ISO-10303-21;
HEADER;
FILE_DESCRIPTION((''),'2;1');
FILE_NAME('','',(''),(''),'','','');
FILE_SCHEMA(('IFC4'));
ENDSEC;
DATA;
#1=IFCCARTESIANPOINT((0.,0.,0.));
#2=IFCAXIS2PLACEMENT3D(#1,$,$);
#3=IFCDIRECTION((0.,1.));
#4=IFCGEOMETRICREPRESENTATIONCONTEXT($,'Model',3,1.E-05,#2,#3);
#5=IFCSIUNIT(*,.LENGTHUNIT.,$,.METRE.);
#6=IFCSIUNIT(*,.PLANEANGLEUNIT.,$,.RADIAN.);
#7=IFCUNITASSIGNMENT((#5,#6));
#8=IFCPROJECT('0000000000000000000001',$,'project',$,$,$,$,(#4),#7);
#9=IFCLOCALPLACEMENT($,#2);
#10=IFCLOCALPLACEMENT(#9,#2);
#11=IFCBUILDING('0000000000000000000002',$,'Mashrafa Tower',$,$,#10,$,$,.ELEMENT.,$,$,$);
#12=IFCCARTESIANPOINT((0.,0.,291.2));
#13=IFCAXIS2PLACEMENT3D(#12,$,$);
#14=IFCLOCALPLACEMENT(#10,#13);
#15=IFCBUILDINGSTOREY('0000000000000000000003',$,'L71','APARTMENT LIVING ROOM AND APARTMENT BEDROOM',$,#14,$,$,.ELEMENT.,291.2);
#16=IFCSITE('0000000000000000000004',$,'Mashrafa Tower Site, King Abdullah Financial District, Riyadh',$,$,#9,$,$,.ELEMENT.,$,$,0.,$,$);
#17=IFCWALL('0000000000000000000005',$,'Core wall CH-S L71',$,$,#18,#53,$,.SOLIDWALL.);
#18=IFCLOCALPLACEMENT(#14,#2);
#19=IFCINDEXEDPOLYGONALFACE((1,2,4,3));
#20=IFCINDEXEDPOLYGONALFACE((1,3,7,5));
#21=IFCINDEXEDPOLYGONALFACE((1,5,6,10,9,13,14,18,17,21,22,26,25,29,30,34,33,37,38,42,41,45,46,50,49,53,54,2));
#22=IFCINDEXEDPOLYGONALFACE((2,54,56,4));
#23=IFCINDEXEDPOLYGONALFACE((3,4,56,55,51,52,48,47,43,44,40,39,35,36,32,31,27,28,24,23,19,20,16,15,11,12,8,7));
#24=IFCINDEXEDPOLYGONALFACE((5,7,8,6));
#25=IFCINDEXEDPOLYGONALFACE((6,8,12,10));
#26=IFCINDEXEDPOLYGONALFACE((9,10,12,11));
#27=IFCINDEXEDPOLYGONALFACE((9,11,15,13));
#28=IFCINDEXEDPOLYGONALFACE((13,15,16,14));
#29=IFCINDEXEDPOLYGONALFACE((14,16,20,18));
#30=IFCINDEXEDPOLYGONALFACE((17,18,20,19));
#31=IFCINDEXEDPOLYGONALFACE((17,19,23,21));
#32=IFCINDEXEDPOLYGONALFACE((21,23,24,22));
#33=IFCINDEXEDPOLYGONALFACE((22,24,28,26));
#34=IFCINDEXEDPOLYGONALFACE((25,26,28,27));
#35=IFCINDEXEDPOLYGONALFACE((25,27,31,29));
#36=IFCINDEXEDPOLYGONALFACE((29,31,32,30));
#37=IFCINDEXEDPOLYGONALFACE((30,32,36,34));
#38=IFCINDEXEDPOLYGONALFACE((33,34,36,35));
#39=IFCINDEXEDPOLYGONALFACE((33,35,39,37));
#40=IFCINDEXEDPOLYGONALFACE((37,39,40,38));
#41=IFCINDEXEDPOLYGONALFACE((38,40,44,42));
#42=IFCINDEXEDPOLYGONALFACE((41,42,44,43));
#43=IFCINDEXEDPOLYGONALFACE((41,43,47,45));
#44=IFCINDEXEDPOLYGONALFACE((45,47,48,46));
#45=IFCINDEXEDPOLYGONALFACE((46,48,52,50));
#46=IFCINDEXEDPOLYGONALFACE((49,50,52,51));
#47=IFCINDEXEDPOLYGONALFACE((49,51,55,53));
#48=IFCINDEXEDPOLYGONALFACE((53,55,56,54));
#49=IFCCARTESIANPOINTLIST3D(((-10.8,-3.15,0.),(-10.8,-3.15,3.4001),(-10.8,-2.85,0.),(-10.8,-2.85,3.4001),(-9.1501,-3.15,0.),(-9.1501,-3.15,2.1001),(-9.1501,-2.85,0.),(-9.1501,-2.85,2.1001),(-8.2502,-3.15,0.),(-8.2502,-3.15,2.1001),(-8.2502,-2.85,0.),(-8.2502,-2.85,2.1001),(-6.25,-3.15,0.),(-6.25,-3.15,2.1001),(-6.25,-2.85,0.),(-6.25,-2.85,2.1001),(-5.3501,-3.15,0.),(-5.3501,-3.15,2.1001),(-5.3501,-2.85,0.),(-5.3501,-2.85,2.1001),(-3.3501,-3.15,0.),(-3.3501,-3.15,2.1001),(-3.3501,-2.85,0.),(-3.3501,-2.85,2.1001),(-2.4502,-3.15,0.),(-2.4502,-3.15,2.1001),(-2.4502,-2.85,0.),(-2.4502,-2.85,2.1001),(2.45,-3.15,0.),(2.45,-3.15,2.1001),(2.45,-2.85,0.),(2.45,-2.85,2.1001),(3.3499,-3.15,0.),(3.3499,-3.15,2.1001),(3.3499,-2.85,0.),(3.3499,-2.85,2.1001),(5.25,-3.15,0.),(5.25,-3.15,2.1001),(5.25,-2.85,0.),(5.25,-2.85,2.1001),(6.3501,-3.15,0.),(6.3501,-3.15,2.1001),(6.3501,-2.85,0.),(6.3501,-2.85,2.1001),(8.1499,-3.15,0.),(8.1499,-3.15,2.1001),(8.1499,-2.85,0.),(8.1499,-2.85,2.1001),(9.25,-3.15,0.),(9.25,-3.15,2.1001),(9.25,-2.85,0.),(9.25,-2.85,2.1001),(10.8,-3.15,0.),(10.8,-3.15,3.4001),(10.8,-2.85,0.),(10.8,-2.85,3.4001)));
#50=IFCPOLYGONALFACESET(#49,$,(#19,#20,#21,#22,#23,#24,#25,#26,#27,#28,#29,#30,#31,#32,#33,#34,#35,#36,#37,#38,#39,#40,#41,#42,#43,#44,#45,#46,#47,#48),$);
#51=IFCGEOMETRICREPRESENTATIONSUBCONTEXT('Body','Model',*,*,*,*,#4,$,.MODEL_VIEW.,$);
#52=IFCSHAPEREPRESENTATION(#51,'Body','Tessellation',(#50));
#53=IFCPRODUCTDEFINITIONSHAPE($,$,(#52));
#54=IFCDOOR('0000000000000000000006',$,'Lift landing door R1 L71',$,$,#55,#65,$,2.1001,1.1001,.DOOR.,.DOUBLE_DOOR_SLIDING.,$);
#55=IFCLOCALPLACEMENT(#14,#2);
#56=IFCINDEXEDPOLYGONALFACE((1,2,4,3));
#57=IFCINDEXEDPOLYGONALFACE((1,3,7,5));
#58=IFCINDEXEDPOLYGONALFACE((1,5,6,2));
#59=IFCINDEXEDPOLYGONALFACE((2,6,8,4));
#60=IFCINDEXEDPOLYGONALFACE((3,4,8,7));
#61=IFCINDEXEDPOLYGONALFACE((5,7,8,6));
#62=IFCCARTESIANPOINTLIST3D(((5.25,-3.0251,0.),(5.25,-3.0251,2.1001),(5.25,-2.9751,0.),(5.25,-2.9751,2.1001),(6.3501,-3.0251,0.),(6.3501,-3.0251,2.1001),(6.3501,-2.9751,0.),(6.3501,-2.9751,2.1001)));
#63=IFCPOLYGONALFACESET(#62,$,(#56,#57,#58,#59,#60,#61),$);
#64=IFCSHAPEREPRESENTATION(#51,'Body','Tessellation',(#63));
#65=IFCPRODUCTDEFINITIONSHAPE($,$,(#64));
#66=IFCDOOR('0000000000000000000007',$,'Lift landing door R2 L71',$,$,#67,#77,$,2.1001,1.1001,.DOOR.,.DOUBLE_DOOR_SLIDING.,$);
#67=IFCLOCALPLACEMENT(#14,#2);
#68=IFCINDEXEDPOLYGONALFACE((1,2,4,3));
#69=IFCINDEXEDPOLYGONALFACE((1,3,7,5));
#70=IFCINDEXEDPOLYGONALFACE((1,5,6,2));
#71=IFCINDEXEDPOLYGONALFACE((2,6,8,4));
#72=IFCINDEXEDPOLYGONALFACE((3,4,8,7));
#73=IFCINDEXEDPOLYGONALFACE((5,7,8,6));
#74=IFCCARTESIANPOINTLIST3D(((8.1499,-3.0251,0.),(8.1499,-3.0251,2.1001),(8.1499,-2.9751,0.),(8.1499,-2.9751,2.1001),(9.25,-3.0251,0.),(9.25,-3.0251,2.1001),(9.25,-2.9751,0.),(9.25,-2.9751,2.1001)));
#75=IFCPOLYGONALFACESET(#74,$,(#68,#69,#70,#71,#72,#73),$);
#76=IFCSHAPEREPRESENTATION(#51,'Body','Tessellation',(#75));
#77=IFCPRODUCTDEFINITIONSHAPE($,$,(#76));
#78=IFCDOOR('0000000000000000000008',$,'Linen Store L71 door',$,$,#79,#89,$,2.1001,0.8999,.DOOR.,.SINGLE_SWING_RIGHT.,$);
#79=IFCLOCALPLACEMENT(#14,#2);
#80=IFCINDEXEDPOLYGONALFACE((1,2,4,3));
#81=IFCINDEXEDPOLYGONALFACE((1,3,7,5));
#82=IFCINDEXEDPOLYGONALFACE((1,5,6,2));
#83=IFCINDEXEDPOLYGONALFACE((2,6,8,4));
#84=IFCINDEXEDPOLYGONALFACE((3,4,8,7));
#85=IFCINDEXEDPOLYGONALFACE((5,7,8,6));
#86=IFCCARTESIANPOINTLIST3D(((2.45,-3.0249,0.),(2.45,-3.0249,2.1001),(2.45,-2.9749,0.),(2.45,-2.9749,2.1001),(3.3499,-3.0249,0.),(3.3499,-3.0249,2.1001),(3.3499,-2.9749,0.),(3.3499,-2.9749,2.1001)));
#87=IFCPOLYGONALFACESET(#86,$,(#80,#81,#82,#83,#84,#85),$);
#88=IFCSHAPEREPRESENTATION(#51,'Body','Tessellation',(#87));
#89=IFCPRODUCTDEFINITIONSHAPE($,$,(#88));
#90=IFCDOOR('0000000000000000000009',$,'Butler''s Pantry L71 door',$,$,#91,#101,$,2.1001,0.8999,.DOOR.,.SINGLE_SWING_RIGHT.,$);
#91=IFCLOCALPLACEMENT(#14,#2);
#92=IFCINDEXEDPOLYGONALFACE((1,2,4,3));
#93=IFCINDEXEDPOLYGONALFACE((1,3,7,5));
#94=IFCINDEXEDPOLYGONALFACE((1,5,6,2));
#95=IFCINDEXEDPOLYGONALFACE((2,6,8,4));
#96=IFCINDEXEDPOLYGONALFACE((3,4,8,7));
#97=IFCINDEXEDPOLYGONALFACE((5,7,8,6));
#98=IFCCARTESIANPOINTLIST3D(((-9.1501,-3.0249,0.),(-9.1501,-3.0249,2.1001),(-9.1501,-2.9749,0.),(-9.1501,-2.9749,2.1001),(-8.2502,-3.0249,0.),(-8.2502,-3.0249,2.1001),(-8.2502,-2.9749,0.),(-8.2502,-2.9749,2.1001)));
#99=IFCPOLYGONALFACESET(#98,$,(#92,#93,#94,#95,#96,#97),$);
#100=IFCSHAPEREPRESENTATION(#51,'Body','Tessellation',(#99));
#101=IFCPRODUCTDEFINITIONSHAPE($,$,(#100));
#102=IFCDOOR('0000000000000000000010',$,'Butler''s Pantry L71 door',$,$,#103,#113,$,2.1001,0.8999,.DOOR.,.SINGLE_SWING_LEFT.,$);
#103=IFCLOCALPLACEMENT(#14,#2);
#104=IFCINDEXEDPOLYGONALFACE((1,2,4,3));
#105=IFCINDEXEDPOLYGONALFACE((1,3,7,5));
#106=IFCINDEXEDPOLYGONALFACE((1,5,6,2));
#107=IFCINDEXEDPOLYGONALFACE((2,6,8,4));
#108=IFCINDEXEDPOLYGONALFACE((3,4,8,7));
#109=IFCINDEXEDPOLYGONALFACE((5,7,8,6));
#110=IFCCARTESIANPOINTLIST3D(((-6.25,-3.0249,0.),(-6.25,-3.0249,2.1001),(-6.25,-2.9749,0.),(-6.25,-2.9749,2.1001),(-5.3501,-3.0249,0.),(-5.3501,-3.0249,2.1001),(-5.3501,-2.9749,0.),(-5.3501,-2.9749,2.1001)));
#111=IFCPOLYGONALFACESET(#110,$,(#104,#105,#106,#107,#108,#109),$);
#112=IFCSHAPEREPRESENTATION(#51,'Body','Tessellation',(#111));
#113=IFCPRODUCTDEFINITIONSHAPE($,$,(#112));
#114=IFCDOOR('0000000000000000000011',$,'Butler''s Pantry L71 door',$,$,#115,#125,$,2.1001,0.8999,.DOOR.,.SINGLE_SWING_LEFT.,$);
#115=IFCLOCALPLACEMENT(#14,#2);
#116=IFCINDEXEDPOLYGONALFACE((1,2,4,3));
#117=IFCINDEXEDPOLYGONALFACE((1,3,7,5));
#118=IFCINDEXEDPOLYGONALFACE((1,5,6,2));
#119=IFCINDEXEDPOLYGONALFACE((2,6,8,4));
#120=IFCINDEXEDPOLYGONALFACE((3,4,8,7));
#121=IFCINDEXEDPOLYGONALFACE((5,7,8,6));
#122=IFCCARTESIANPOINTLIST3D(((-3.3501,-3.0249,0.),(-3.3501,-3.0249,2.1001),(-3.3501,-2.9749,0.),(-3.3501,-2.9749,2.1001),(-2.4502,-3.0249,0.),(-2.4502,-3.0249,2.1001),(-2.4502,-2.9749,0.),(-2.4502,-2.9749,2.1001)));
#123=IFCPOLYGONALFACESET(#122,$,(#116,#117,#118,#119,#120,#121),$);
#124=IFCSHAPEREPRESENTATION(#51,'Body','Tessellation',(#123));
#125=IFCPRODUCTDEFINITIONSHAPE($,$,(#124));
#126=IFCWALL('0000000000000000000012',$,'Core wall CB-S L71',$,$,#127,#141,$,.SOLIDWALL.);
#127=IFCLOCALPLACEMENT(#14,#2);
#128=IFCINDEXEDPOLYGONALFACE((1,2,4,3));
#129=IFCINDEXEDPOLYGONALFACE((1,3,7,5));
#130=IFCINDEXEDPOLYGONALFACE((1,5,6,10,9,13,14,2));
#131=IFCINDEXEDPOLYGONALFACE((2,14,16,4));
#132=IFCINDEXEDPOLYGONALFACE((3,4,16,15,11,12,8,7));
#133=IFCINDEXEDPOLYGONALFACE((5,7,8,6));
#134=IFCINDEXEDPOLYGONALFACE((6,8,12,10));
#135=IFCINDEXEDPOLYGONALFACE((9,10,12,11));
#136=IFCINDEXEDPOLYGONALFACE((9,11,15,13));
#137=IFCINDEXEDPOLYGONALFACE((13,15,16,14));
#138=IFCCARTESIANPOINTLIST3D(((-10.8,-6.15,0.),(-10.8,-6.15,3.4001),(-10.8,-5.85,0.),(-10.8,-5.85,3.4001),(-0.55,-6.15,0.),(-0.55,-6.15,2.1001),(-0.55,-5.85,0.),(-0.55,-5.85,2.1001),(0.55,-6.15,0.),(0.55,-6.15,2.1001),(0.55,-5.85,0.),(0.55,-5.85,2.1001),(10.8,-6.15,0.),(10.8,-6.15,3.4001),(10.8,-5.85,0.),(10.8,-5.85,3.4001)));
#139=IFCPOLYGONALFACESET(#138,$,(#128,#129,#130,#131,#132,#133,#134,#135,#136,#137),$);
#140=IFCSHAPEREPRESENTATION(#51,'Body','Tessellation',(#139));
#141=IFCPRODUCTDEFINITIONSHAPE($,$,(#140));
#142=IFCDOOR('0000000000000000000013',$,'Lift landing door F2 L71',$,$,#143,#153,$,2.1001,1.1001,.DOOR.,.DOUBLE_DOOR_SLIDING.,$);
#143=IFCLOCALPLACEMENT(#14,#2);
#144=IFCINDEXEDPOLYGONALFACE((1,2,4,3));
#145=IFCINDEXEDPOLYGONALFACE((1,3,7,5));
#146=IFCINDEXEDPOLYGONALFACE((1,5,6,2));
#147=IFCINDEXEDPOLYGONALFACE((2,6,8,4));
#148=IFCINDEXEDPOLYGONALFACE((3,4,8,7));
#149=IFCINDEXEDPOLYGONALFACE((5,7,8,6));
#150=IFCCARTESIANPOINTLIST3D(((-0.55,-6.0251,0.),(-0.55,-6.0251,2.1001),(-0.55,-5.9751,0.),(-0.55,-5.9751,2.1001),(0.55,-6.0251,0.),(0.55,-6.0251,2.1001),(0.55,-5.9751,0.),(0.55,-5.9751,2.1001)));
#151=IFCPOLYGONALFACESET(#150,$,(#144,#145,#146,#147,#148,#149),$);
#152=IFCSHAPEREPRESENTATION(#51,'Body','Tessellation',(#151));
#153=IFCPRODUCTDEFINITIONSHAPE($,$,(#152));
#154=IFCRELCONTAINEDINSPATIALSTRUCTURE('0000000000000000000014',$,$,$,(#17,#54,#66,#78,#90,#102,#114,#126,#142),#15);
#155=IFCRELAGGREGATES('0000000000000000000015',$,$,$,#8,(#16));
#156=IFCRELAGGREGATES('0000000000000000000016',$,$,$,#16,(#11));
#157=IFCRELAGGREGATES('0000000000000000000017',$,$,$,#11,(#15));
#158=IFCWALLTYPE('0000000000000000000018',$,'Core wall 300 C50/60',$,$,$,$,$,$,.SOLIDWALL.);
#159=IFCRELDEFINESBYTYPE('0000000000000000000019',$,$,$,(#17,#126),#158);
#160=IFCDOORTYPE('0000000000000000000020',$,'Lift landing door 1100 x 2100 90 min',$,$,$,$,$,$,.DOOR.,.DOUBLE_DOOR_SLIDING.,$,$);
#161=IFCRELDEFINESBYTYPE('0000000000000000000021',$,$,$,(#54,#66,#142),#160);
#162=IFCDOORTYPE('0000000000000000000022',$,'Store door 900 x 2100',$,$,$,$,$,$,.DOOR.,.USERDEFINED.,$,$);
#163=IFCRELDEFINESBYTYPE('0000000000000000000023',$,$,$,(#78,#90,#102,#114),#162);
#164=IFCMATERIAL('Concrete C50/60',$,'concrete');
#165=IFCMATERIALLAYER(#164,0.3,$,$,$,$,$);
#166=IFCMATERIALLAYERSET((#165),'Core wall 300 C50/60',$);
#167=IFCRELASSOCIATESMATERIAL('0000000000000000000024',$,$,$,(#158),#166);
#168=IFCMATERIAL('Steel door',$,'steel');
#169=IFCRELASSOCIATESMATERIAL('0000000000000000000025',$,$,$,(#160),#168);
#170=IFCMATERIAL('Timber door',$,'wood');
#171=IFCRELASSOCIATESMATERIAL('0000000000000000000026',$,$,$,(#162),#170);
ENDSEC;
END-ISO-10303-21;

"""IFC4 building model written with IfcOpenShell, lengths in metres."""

from ifc_helpers import new_model, si_unit, direction, frame, frame_2d, origin, place, context, subcontext, project, spatial, rectangle, extrude, material, layer, layer_set, type_object, element, fill, save


model = new_model("IFC4")

# Units and contexts
model_context = context("Model", 3, precision=1e-05, world=origin(), true_north=direction((0.0, 1.0)))
body_context = subcontext(model_context, "Body", "Model", "MODEL_VIEW")
ifc_project = project(units=[si_unit("LENGTHUNIT", "METRE"), si_unit("PLANEANGLEUNIT", "RADIAN")], contexts=[model_context])

# Site, building, storey
site_placement = place(None, origin())
site = spatial("IfcSite", under=ifc_project, at=site_placement, Name="Mashrafa Tower Site, King Abdullah Financial District, Riyadh", CompositionType="ELEMENT", RefElevation=0.0)
building_placement = place(site_placement, origin())
building = spatial("IfcBuilding", under=site, at=building_placement, Name="Mashrafa Tower", CompositionType="ELEMENT")
storey_placement = place(building_placement, frame((0.0, 0.0, 291.2)))
storey = spatial("IfcBuildingStorey", under=building, at=storey_placement, Name="L71", Description="APARTMENT LIVING ROOM AND APARTMENT BEDROOM", CompositionType="ELEMENT", Elevation=291.2)

# Wall, openings, doors
ifc_material_1 = material(Name="Concrete C50/60", Category="concrete")
ifc_layer_1 = layer(ifc_material_1, 0.3)
ifc_layer_set_1 = layer_set([ifc_layer_1], Name="Core wall 300 C50/60")
wall_type_1 = type_object("IfcWallType", Name="Core wall 300 C50/60", PredefinedType="SOLIDWALL", material=ifc_layer_set_1)
wall_1_placement = place(storey_placement, frame((-10.8, -3.0, 0.0), z_axis=(0.0, 0.0, 1.0), x_axis=(1.0, 0.0, 0.0)))
wall_1 = element("IfcWall", 1, at=wall_1_placement, inside=storey, type_object=wall_type_1, Name="Core wall CH-S L71", PredefinedType="SOLIDWALL", context=body_context, shape_type="SweptSolid", body=[
    extrude(rectangle(XDim=21.6001, YDim=0.3, at=frame_2d((10.8, 0.0))), origin(), (0.0, 0.0, 1.0), 3.4001),
])
opening_1_placement = place(wall_1_placement, frame((13.25, 0.0, 0.0)))
opening_1 = element("IfcOpeningElement", 2, at=opening_1_placement, cuts=wall_1, PredefinedType="OPENING", context=body_context, shape_type="SweptSolid", body=[
    extrude(rectangle(XDim=0.8999, YDim=2.1001, at=frame_2d((0.45, 1.05))), frame((0.0, 0.1599, 0.0), z_axis=(0.0, -1.0, 0.0), x_axis=(1.0, 0.0, 0.0)), (0.0, 0.0, 1.0), 0.3201),
])
opening_2_placement = place(wall_1_placement, frame((1.6499, 0.0, 0.0)))
opening_2 = element("IfcOpeningElement", 3, at=opening_2_placement, cuts=wall_1, PredefinedType="OPENING", context=body_context, shape_type="SweptSolid", body=[
    extrude(rectangle(XDim=0.8999, YDim=2.1001, at=frame_2d((0.45, 1.05))), frame((0.0, 0.1599, 0.0), z_axis=(0.0, -1.0, 0.0), x_axis=(1.0, 0.0, 0.0)), (0.0, 0.0, 1.0), 0.3201),
])
opening_3_placement = place(wall_1_placement, frame((4.55, 0.0, 0.0)))
opening_3 = element("IfcOpeningElement", 4, at=opening_3_placement, cuts=wall_1, PredefinedType="OPENING", context=body_context, shape_type="SweptSolid", body=[
    extrude(rectangle(XDim=0.8999, YDim=2.1001, at=frame_2d((0.45, 1.05))), frame((0.0, 0.1599, 0.0), z_axis=(0.0, -1.0, 0.0), x_axis=(1.0, 0.0, 0.0)), (0.0, 0.0, 1.0), 0.3201),
])
opening_4_placement = place(wall_1_placement, frame((7.45, 0.0, 0.0)))
opening_4 = element("IfcOpeningElement", 5, at=opening_4_placement, cuts=wall_1, PredefinedType="OPENING", context=body_context, shape_type="SweptSolid", body=[
    extrude(rectangle(XDim=0.8999, YDim=2.1001, at=frame_2d((0.45, 1.05))), frame((0.0, 0.1599, 0.0), z_axis=(0.0, -1.0, 0.0), x_axis=(1.0, 0.0, 0.0)), (0.0, 0.0, 1.0), 0.3201),
])
opening_5_placement = place(wall_1_placement, frame((16.05, 0.0, 0.0)))
opening_5 = element("IfcOpeningElement", 6, at=opening_5_placement, cuts=wall_1, PredefinedType="OPENING", context=body_context, shape_type="SweptSolid", body=[
    extrude(rectangle(XDim=1.1001, YDim=2.1001, at=frame_2d((0.55, 1.05))), frame((0.0, 0.1599, 0.0), z_axis=(0.0, -1.0, 0.0), x_axis=(1.0, 0.0, 0.0)), (0.0, 0.0, 1.0), 0.3201),
])
opening_6_placement = place(wall_1_placement, frame((18.95, 0.0, 0.0)))
opening_6 = element("IfcOpeningElement", 7, at=opening_6_placement, cuts=wall_1, PredefinedType="OPENING", context=body_context, shape_type="SweptSolid", body=[
    extrude(rectangle(XDim=1.1001, YDim=2.1001, at=frame_2d((0.55, 1.05))), frame((0.0, 0.1599, 0.0), z_axis=(0.0, -1.0, 0.0), x_axis=(1.0, 0.0, 0.0)), (0.0, 0.0, 1.0), 0.3201),
])
ifc_material_2 = material(Name="Steel door", Category="steel")
door_type_1 = type_object("IfcDoorType", Name="Lift landing door 1100 x 2100 90 min", OperationType="DOUBLE_DOOR_SLIDING", PredefinedType="DOOR", material=ifc_material_2)
door_1_placement = place(opening_5_placement, origin())
door_1 = element("IfcDoor", 8, at=door_1_placement, inside=storey, type_object=door_type_1, Name="Lift landing door R1 L71", OperationType="DOUBLE_DOOR_SLIDING", OverallHeight=2.1001, OverallWidth=1.1001, PredefinedType="DOOR", context=body_context, shape_type="SweptSolid", body=[
    extrude(rectangle(XDim=1.1001, YDim=2.1001, at=frame_2d((0.55, 1.05))), frame((0.0, 0.0249, 0.0), z_axis=(0.0, -1.0, 0.0), x_axis=(1.0, 0.0, 0.0)), (0.0, 0.0, 1.0), 0.05),
])
fill(opening_5, door_1)
door_2_placement = place(opening_6_placement, origin())
door_2 = element("IfcDoor", 9, at=door_2_placement, inside=storey, type_object=door_type_1, Name="Lift landing door R2 L71", OperationType="DOUBLE_DOOR_SLIDING", OverallHeight=2.1001, OverallWidth=1.1001, PredefinedType="DOOR", context=body_context, shape_type="SweptSolid", body=[
    extrude(rectangle(XDim=1.1001, YDim=2.1001, at=frame_2d((0.55, 1.05))), frame((0.0, 0.0249, 0.0), z_axis=(0.0, -1.0, 0.0), x_axis=(1.0, 0.0, 0.0)), (0.0, 0.0, 1.0), 0.05),
])
fill(opening_6, door_2)
ifc_material_3 = material(Name="Timber door", Category="wood")
door_type_2 = type_object("IfcDoorType", Name="Store door 900 x 2100", OperationType="USERDEFINED", PredefinedType="DOOR", material=ifc_material_3)
door_3_placement = place(opening_1_placement, frame((0.8999, 0.0, 0.0), z_axis=(0.0, 0.0, 1.0), x_axis=(-1.0, 0.0, 0.0)))
door_3 = element("IfcDoor", 10, at=door_3_placement, inside=storey, type_object=door_type_2, Name="Linen Store L71 door", OperationType="SINGLE_SWING_RIGHT", OverallHeight=2.1001, OverallWidth=0.8999, PredefinedType="DOOR", context=body_context, shape_type="SweptSolid", body=[
    extrude(rectangle(XDim=0.8999, YDim=2.1001, at=frame_2d((0.45, 1.05))), frame((0.0, 0.0249, 0.0), z_axis=(0.0, -1.0, 0.0), x_axis=(1.0, 0.0, 0.0)), (0.0, 0.0, 1.0), 0.05),
])
fill(opening_1, door_3)
door_4_placement = place(opening_2_placement, frame((0.8999, 0.0, 0.0), z_axis=(0.0, 0.0, 1.0), x_axis=(-1.0, 0.0, 0.0)))
door_4 = element("IfcDoor", 11, at=door_4_placement, inside=storey, type_object=door_type_2, Name="Butler's Pantry L71 door", OperationType="SINGLE_SWING_RIGHT", OverallHeight=2.1001, OverallWidth=0.8999, PredefinedType="DOOR", context=body_context, shape_type="SweptSolid", body=[
    extrude(rectangle(XDim=0.8999, YDim=2.1001, at=frame_2d((0.45, 1.05))), frame((0.0, 0.0249, 0.0), z_axis=(0.0, -1.0, 0.0), x_axis=(1.0, 0.0, 0.0)), (0.0, 0.0, 1.0), 0.05),
])
fill(opening_2, door_4)
door_5_placement = place(opening_3_placement, frame((0.8999, 0.0, 0.0), z_axis=(0.0, 0.0, 1.0), x_axis=(-1.0, 0.0, 0.0)))
door_5 = element("IfcDoor", 12, at=door_5_placement, inside=storey, type_object=door_type_2, Name="Butler's Pantry L71 door", OperationType="SINGLE_SWING_LEFT", OverallHeight=2.1001, OverallWidth=0.8999, PredefinedType="DOOR", context=body_context, shape_type="SweptSolid", body=[
    extrude(rectangle(XDim=0.8999, YDim=2.1001, at=frame_2d((0.45, 1.05))), frame((0.0, 0.0249, 0.0), z_axis=(0.0, -1.0, 0.0), x_axis=(1.0, 0.0, 0.0)), (0.0, 0.0, 1.0), 0.05),
])
fill(opening_3, door_5)
door_6_placement = place(opening_4_placement, frame((0.8999, 0.0, 0.0), z_axis=(0.0, 0.0, 1.0), x_axis=(-1.0, 0.0, 0.0)))
door_6 = element("IfcDoor", 13, at=door_6_placement, inside=storey, type_object=door_type_2, Name="Butler's Pantry L71 door", OperationType="SINGLE_SWING_LEFT", OverallHeight=2.1001, OverallWidth=0.8999, PredefinedType="DOOR", context=body_context, shape_type="SweptSolid", body=[
    extrude(rectangle(XDim=0.8999, YDim=2.1001, at=frame_2d((0.45, 1.05))), frame((0.0, 0.0249, 0.0), z_axis=(0.0, -1.0, 0.0), x_axis=(1.0, 0.0, 0.0)), (0.0, 0.0, 1.0), 0.05),
])
fill(opening_4, door_6)

# Wall, opening, door
wall_2_placement = place(storey_placement, frame((-10.8, -6.0, 0.0), z_axis=(0.0, 0.0, 1.0), x_axis=(1.0, 0.0, 0.0)))
wall_2 = element("IfcWall", 14, at=wall_2_placement, inside=storey, type_object=wall_type_1, Name="Core wall CB-S L71", PredefinedType="SOLIDWALL", context=body_context, shape_type="SweptSolid", body=[
    extrude(rectangle(XDim=21.6001, YDim=0.3, at=frame_2d((10.8, 0.0))), origin(), (0.0, 0.0, 1.0), 3.4001),
])
opening_7_placement = place(wall_2_placement, frame((10.25, 0.0, 0.0)))
opening_7 = element("IfcOpeningElement", 15, at=opening_7_placement, cuts=wall_2, PredefinedType="OPENING", context=body_context, shape_type="SweptSolid", body=[
    extrude(rectangle(XDim=1.1001, YDim=2.1001, at=frame_2d((0.55, 1.05))), frame((0.0, 0.1599, 0.0), z_axis=(0.0, -1.0, 0.0), x_axis=(1.0, 0.0, 0.0)), (0.0, 0.0, 1.0), 0.3201),
])
door_7_placement = place(opening_7_placement, origin())
door_7 = element("IfcDoor", 16, at=door_7_placement, inside=storey, type_object=door_type_1, Name="Lift landing door F2 L71", OperationType="DOUBLE_DOOR_SLIDING", OverallHeight=2.1001, OverallWidth=1.1001, PredefinedType="DOOR", context=body_context, shape_type="SweptSolid", body=[
    extrude(rectangle(XDim=1.1001, YDim=2.1001, at=frame_2d((0.55, 1.05))), frame((0.0, 0.0249, 0.0), z_axis=(0.0, -1.0, 0.0), x_axis=(1.0, 0.0, 0.0)), (0.0, 0.0, 1.0), 0.05),
])
fill(opening_7, door_7)

save(model, "model.ifc")
